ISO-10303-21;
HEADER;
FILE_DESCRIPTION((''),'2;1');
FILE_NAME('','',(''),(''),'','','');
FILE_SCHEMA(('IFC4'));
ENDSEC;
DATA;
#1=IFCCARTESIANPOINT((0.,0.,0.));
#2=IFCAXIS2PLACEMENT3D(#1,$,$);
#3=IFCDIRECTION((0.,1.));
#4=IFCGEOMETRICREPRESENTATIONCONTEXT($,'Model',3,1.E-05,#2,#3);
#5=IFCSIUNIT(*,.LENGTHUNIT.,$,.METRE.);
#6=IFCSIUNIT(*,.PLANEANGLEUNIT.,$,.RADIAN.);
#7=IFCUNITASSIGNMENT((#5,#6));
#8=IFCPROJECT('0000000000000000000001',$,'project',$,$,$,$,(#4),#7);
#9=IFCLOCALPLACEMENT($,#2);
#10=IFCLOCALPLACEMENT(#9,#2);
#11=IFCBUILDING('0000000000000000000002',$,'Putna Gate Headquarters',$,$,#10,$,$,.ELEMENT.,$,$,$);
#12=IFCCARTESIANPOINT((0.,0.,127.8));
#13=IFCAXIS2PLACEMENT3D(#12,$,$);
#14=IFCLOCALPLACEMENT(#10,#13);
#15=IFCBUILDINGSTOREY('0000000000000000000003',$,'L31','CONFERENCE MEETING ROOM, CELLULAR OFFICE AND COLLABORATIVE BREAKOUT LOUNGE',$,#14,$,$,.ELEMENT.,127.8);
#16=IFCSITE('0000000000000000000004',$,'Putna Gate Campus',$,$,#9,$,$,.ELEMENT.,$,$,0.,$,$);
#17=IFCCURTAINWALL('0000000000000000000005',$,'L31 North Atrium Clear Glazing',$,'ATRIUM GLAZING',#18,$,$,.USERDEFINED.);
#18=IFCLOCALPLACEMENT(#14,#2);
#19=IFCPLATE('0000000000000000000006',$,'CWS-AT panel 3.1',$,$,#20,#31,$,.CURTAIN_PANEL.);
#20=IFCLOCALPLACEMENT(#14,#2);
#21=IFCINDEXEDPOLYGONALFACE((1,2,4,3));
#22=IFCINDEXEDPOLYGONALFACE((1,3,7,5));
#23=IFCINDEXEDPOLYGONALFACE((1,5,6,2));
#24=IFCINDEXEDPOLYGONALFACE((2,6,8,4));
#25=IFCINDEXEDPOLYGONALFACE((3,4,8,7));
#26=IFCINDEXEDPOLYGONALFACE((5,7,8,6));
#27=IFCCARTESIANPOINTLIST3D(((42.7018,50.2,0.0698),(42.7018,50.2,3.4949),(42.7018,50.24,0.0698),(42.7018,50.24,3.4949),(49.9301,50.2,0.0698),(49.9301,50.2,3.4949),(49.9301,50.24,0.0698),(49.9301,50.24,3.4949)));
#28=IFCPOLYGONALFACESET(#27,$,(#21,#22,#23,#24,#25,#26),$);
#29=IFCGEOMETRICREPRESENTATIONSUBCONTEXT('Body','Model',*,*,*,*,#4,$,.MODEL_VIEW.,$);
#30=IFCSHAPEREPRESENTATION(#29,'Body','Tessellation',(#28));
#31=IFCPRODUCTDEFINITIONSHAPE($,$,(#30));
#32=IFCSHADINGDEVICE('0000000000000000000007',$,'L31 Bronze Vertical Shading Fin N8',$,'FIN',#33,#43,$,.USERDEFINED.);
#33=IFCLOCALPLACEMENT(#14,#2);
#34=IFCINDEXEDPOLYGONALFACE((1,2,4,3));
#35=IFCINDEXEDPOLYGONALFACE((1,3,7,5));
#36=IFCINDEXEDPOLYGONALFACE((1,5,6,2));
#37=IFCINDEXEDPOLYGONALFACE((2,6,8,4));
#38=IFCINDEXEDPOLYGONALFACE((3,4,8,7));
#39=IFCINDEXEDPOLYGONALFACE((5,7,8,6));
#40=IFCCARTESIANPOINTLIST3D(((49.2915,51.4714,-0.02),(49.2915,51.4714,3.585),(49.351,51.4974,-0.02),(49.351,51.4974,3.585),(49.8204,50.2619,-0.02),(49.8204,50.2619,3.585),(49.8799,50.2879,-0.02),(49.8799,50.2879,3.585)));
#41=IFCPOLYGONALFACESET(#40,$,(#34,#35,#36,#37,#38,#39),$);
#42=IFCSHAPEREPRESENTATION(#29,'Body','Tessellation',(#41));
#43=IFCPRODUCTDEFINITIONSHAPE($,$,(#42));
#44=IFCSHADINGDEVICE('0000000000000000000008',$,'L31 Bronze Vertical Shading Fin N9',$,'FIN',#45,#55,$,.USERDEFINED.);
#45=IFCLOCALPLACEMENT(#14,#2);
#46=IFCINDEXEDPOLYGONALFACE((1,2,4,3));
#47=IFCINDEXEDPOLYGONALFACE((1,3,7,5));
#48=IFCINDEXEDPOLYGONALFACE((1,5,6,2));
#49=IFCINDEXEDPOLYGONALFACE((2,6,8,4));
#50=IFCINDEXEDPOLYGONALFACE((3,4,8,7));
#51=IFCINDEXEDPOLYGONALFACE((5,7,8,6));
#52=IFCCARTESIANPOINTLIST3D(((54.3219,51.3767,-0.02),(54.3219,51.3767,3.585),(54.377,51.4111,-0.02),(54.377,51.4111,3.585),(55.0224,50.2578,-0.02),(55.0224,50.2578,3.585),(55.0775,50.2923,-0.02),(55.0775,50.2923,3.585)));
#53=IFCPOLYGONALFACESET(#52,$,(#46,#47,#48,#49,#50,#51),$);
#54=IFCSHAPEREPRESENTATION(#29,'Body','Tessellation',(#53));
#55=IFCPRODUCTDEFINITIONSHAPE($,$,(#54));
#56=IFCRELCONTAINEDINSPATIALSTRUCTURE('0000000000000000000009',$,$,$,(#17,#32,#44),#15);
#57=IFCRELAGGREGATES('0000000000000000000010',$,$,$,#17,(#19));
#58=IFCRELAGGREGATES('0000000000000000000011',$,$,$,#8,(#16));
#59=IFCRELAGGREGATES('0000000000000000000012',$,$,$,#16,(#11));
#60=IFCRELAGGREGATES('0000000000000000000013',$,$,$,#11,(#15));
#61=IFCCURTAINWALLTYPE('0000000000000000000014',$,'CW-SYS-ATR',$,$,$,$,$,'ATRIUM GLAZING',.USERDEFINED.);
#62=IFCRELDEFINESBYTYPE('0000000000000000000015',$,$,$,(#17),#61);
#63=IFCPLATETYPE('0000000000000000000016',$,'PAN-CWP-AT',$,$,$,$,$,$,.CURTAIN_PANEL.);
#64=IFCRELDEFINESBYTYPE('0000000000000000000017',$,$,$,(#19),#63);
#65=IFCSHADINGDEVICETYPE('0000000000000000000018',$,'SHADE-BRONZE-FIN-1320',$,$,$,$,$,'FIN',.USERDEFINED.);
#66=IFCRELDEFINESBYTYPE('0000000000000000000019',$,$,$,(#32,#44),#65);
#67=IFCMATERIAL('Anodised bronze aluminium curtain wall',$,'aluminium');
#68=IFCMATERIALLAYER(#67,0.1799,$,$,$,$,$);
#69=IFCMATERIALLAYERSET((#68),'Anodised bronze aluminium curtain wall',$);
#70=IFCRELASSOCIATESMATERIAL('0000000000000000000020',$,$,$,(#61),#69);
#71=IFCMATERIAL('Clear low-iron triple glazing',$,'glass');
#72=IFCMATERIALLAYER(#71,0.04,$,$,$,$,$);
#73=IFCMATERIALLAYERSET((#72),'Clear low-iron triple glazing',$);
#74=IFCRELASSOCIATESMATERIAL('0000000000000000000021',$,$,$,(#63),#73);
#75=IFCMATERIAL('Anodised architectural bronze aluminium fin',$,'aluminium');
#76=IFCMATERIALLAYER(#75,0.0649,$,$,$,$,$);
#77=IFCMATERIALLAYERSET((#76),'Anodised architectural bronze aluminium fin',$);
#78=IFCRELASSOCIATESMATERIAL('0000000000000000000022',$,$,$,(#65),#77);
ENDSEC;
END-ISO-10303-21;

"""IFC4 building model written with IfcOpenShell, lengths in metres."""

from ifc_helpers import new_model, si_unit, direction, frame, origin, origin_2d, place, context, subcontext, project, spatial, rectangle, extrude, material, layer, layer_set, type_object, element, aggregate, save


model = new_model("IFC4")

# Units and contexts
model_context = context("Model", 3, precision=1e-05, world=origin(), true_north=direction((0.0, 1.0)))
body_context = subcontext(model_context, "Body", "Model", "MODEL_VIEW")
ifc_project = project(units=[si_unit("LENGTHUNIT", "METRE"), si_unit("PLANEANGLEUNIT", "RADIAN")], contexts=[model_context])

# Site, building, storey
site_placement = place(None, origin())
site = spatial("IfcSite", under=ifc_project, at=site_placement, Name="Putna Gate Campus", CompositionType="ELEMENT", RefElevation=0.0)
building_placement = place(site_placement, origin())
building = spatial("IfcBuilding", under=site, at=building_placement, Name="Putna Gate Headquarters", CompositionType="ELEMENT")
storey_placement = place(building_placement, frame((0.0, 0.0, 127.8)))
storey = spatial("IfcBuildingStorey", under=building, at=storey_placement, Name="L31", Description="CONFERENCE MEETING ROOM, CELLULAR OFFICE AND COLLABORATIVE BREAKOUT LOUNGE", CompositionType="ELEMENT", Elevation=127.8)

# Shared definitions
ifc_material_1 = material(Name="Anodised bronze aluminium curtain wall", Category="aluminium")

# Curtain wall
ifc_layer_1 = layer(ifc_material_1, 0.1799)
ifc_layer_set_1 = layer_set([ifc_layer_1], Name="Anodised bronze aluminium curtain wall")
curtain_wall_type_1 = type_object("IfcCurtainWallType", Name="CW-SYS-ATR", ElementType="ATRIUM GLAZING", PredefinedType="USERDEFINED", material=ifc_layer_set_1)
curtain_wall_1_placement = place(storey_placement, origin())
curtain_wall_1 = element("IfcCurtainWall", 1, at=curtain_wall_1_placement, inside=storey, type_object=curtain_wall_type_1, Name="L31 North Atrium Clear Glazing", ObjectType="ATRIUM GLAZING", PredefinedType="USERDEFINED")

# Plate
ifc_material_2 = material(Name="Clear low-iron triple glazing", Category="glass")
ifc_layer_2 = layer(ifc_material_2, 0.04)
ifc_layer_set_2 = layer_set([ifc_layer_2], Name="Clear low-iron triple glazing")
plate_type_1 = type_object("IfcPlateType", Name="PAN-CWP-AT", PredefinedType="CURTAIN_PANEL", material=ifc_layer_set_2)
plate_1_placement = place(storey_placement, frame((46.3159, 50.22, 0.0698), z_axis=(0.0, 0.0, 1.0), x_axis=(1.0, 0.0, 0.0)))
plate_1 = element("IfcPlate", 2, at=plate_1_placement, type_object=plate_type_1, Name="CWS-AT panel 3.1", PredefinedType="CURTAIN_PANEL", context=body_context, shape_type="SweptSolid", body=[
    extrude(rectangle(XDim=7.2283, YDim=0.04, at=origin_2d()), origin(), (0.0, 0.0, 1.0), 3.425),
])
aggregate(curtain_wall_1, [plate_1])

# Shading devices
ifc_material_3 = material(Name="Anodised architectural bronze aluminium fin", Category="aluminium")
ifc_layer_3 = layer(ifc_material_3, 0.0649)
ifc_layer_set_3 = layer_set([ifc_layer_3], Name="Anodised architectural bronze aluminium fin")
shading_device_type = type_object("IfcShadingDeviceType", Name="SHADE-BRONZE-FIN-1320", ElementType="FIN", PredefinedType="USERDEFINED", material=ifc_layer_set_3)
for number, where, z_axis, x_axis, name in (
    (3, (49.5857, 50.8796, -0.02), (0.0, 0.0, 1.0), (-0.400669, 0.916223, 0.0), "L31 Bronze Vertical Shading Fin N8"),
    (4, (54.6997, 50.8345, -0.02), (0.0, 0.0, 1.0), (-0.530659, 0.847585, 0.0), "L31 Bronze Vertical Shading Fin N9"),
):
    element("IfcShadingDevice", number, at=place(storey_placement, frame(where, z_axis=z_axis, x_axis=x_axis)), inside=storey, type_object=shading_device_type, Name=name, ObjectType="FIN", PredefinedType="USERDEFINED", context=body_context, shape_type="SweptSolid", body=[
        extrude(rectangle(XDim=1.3201, YDim=0.0649, at=origin_2d()), origin(), (0.0, 0.0, 1.0), 3.605),
    ])

save(model, "model.ifc")
